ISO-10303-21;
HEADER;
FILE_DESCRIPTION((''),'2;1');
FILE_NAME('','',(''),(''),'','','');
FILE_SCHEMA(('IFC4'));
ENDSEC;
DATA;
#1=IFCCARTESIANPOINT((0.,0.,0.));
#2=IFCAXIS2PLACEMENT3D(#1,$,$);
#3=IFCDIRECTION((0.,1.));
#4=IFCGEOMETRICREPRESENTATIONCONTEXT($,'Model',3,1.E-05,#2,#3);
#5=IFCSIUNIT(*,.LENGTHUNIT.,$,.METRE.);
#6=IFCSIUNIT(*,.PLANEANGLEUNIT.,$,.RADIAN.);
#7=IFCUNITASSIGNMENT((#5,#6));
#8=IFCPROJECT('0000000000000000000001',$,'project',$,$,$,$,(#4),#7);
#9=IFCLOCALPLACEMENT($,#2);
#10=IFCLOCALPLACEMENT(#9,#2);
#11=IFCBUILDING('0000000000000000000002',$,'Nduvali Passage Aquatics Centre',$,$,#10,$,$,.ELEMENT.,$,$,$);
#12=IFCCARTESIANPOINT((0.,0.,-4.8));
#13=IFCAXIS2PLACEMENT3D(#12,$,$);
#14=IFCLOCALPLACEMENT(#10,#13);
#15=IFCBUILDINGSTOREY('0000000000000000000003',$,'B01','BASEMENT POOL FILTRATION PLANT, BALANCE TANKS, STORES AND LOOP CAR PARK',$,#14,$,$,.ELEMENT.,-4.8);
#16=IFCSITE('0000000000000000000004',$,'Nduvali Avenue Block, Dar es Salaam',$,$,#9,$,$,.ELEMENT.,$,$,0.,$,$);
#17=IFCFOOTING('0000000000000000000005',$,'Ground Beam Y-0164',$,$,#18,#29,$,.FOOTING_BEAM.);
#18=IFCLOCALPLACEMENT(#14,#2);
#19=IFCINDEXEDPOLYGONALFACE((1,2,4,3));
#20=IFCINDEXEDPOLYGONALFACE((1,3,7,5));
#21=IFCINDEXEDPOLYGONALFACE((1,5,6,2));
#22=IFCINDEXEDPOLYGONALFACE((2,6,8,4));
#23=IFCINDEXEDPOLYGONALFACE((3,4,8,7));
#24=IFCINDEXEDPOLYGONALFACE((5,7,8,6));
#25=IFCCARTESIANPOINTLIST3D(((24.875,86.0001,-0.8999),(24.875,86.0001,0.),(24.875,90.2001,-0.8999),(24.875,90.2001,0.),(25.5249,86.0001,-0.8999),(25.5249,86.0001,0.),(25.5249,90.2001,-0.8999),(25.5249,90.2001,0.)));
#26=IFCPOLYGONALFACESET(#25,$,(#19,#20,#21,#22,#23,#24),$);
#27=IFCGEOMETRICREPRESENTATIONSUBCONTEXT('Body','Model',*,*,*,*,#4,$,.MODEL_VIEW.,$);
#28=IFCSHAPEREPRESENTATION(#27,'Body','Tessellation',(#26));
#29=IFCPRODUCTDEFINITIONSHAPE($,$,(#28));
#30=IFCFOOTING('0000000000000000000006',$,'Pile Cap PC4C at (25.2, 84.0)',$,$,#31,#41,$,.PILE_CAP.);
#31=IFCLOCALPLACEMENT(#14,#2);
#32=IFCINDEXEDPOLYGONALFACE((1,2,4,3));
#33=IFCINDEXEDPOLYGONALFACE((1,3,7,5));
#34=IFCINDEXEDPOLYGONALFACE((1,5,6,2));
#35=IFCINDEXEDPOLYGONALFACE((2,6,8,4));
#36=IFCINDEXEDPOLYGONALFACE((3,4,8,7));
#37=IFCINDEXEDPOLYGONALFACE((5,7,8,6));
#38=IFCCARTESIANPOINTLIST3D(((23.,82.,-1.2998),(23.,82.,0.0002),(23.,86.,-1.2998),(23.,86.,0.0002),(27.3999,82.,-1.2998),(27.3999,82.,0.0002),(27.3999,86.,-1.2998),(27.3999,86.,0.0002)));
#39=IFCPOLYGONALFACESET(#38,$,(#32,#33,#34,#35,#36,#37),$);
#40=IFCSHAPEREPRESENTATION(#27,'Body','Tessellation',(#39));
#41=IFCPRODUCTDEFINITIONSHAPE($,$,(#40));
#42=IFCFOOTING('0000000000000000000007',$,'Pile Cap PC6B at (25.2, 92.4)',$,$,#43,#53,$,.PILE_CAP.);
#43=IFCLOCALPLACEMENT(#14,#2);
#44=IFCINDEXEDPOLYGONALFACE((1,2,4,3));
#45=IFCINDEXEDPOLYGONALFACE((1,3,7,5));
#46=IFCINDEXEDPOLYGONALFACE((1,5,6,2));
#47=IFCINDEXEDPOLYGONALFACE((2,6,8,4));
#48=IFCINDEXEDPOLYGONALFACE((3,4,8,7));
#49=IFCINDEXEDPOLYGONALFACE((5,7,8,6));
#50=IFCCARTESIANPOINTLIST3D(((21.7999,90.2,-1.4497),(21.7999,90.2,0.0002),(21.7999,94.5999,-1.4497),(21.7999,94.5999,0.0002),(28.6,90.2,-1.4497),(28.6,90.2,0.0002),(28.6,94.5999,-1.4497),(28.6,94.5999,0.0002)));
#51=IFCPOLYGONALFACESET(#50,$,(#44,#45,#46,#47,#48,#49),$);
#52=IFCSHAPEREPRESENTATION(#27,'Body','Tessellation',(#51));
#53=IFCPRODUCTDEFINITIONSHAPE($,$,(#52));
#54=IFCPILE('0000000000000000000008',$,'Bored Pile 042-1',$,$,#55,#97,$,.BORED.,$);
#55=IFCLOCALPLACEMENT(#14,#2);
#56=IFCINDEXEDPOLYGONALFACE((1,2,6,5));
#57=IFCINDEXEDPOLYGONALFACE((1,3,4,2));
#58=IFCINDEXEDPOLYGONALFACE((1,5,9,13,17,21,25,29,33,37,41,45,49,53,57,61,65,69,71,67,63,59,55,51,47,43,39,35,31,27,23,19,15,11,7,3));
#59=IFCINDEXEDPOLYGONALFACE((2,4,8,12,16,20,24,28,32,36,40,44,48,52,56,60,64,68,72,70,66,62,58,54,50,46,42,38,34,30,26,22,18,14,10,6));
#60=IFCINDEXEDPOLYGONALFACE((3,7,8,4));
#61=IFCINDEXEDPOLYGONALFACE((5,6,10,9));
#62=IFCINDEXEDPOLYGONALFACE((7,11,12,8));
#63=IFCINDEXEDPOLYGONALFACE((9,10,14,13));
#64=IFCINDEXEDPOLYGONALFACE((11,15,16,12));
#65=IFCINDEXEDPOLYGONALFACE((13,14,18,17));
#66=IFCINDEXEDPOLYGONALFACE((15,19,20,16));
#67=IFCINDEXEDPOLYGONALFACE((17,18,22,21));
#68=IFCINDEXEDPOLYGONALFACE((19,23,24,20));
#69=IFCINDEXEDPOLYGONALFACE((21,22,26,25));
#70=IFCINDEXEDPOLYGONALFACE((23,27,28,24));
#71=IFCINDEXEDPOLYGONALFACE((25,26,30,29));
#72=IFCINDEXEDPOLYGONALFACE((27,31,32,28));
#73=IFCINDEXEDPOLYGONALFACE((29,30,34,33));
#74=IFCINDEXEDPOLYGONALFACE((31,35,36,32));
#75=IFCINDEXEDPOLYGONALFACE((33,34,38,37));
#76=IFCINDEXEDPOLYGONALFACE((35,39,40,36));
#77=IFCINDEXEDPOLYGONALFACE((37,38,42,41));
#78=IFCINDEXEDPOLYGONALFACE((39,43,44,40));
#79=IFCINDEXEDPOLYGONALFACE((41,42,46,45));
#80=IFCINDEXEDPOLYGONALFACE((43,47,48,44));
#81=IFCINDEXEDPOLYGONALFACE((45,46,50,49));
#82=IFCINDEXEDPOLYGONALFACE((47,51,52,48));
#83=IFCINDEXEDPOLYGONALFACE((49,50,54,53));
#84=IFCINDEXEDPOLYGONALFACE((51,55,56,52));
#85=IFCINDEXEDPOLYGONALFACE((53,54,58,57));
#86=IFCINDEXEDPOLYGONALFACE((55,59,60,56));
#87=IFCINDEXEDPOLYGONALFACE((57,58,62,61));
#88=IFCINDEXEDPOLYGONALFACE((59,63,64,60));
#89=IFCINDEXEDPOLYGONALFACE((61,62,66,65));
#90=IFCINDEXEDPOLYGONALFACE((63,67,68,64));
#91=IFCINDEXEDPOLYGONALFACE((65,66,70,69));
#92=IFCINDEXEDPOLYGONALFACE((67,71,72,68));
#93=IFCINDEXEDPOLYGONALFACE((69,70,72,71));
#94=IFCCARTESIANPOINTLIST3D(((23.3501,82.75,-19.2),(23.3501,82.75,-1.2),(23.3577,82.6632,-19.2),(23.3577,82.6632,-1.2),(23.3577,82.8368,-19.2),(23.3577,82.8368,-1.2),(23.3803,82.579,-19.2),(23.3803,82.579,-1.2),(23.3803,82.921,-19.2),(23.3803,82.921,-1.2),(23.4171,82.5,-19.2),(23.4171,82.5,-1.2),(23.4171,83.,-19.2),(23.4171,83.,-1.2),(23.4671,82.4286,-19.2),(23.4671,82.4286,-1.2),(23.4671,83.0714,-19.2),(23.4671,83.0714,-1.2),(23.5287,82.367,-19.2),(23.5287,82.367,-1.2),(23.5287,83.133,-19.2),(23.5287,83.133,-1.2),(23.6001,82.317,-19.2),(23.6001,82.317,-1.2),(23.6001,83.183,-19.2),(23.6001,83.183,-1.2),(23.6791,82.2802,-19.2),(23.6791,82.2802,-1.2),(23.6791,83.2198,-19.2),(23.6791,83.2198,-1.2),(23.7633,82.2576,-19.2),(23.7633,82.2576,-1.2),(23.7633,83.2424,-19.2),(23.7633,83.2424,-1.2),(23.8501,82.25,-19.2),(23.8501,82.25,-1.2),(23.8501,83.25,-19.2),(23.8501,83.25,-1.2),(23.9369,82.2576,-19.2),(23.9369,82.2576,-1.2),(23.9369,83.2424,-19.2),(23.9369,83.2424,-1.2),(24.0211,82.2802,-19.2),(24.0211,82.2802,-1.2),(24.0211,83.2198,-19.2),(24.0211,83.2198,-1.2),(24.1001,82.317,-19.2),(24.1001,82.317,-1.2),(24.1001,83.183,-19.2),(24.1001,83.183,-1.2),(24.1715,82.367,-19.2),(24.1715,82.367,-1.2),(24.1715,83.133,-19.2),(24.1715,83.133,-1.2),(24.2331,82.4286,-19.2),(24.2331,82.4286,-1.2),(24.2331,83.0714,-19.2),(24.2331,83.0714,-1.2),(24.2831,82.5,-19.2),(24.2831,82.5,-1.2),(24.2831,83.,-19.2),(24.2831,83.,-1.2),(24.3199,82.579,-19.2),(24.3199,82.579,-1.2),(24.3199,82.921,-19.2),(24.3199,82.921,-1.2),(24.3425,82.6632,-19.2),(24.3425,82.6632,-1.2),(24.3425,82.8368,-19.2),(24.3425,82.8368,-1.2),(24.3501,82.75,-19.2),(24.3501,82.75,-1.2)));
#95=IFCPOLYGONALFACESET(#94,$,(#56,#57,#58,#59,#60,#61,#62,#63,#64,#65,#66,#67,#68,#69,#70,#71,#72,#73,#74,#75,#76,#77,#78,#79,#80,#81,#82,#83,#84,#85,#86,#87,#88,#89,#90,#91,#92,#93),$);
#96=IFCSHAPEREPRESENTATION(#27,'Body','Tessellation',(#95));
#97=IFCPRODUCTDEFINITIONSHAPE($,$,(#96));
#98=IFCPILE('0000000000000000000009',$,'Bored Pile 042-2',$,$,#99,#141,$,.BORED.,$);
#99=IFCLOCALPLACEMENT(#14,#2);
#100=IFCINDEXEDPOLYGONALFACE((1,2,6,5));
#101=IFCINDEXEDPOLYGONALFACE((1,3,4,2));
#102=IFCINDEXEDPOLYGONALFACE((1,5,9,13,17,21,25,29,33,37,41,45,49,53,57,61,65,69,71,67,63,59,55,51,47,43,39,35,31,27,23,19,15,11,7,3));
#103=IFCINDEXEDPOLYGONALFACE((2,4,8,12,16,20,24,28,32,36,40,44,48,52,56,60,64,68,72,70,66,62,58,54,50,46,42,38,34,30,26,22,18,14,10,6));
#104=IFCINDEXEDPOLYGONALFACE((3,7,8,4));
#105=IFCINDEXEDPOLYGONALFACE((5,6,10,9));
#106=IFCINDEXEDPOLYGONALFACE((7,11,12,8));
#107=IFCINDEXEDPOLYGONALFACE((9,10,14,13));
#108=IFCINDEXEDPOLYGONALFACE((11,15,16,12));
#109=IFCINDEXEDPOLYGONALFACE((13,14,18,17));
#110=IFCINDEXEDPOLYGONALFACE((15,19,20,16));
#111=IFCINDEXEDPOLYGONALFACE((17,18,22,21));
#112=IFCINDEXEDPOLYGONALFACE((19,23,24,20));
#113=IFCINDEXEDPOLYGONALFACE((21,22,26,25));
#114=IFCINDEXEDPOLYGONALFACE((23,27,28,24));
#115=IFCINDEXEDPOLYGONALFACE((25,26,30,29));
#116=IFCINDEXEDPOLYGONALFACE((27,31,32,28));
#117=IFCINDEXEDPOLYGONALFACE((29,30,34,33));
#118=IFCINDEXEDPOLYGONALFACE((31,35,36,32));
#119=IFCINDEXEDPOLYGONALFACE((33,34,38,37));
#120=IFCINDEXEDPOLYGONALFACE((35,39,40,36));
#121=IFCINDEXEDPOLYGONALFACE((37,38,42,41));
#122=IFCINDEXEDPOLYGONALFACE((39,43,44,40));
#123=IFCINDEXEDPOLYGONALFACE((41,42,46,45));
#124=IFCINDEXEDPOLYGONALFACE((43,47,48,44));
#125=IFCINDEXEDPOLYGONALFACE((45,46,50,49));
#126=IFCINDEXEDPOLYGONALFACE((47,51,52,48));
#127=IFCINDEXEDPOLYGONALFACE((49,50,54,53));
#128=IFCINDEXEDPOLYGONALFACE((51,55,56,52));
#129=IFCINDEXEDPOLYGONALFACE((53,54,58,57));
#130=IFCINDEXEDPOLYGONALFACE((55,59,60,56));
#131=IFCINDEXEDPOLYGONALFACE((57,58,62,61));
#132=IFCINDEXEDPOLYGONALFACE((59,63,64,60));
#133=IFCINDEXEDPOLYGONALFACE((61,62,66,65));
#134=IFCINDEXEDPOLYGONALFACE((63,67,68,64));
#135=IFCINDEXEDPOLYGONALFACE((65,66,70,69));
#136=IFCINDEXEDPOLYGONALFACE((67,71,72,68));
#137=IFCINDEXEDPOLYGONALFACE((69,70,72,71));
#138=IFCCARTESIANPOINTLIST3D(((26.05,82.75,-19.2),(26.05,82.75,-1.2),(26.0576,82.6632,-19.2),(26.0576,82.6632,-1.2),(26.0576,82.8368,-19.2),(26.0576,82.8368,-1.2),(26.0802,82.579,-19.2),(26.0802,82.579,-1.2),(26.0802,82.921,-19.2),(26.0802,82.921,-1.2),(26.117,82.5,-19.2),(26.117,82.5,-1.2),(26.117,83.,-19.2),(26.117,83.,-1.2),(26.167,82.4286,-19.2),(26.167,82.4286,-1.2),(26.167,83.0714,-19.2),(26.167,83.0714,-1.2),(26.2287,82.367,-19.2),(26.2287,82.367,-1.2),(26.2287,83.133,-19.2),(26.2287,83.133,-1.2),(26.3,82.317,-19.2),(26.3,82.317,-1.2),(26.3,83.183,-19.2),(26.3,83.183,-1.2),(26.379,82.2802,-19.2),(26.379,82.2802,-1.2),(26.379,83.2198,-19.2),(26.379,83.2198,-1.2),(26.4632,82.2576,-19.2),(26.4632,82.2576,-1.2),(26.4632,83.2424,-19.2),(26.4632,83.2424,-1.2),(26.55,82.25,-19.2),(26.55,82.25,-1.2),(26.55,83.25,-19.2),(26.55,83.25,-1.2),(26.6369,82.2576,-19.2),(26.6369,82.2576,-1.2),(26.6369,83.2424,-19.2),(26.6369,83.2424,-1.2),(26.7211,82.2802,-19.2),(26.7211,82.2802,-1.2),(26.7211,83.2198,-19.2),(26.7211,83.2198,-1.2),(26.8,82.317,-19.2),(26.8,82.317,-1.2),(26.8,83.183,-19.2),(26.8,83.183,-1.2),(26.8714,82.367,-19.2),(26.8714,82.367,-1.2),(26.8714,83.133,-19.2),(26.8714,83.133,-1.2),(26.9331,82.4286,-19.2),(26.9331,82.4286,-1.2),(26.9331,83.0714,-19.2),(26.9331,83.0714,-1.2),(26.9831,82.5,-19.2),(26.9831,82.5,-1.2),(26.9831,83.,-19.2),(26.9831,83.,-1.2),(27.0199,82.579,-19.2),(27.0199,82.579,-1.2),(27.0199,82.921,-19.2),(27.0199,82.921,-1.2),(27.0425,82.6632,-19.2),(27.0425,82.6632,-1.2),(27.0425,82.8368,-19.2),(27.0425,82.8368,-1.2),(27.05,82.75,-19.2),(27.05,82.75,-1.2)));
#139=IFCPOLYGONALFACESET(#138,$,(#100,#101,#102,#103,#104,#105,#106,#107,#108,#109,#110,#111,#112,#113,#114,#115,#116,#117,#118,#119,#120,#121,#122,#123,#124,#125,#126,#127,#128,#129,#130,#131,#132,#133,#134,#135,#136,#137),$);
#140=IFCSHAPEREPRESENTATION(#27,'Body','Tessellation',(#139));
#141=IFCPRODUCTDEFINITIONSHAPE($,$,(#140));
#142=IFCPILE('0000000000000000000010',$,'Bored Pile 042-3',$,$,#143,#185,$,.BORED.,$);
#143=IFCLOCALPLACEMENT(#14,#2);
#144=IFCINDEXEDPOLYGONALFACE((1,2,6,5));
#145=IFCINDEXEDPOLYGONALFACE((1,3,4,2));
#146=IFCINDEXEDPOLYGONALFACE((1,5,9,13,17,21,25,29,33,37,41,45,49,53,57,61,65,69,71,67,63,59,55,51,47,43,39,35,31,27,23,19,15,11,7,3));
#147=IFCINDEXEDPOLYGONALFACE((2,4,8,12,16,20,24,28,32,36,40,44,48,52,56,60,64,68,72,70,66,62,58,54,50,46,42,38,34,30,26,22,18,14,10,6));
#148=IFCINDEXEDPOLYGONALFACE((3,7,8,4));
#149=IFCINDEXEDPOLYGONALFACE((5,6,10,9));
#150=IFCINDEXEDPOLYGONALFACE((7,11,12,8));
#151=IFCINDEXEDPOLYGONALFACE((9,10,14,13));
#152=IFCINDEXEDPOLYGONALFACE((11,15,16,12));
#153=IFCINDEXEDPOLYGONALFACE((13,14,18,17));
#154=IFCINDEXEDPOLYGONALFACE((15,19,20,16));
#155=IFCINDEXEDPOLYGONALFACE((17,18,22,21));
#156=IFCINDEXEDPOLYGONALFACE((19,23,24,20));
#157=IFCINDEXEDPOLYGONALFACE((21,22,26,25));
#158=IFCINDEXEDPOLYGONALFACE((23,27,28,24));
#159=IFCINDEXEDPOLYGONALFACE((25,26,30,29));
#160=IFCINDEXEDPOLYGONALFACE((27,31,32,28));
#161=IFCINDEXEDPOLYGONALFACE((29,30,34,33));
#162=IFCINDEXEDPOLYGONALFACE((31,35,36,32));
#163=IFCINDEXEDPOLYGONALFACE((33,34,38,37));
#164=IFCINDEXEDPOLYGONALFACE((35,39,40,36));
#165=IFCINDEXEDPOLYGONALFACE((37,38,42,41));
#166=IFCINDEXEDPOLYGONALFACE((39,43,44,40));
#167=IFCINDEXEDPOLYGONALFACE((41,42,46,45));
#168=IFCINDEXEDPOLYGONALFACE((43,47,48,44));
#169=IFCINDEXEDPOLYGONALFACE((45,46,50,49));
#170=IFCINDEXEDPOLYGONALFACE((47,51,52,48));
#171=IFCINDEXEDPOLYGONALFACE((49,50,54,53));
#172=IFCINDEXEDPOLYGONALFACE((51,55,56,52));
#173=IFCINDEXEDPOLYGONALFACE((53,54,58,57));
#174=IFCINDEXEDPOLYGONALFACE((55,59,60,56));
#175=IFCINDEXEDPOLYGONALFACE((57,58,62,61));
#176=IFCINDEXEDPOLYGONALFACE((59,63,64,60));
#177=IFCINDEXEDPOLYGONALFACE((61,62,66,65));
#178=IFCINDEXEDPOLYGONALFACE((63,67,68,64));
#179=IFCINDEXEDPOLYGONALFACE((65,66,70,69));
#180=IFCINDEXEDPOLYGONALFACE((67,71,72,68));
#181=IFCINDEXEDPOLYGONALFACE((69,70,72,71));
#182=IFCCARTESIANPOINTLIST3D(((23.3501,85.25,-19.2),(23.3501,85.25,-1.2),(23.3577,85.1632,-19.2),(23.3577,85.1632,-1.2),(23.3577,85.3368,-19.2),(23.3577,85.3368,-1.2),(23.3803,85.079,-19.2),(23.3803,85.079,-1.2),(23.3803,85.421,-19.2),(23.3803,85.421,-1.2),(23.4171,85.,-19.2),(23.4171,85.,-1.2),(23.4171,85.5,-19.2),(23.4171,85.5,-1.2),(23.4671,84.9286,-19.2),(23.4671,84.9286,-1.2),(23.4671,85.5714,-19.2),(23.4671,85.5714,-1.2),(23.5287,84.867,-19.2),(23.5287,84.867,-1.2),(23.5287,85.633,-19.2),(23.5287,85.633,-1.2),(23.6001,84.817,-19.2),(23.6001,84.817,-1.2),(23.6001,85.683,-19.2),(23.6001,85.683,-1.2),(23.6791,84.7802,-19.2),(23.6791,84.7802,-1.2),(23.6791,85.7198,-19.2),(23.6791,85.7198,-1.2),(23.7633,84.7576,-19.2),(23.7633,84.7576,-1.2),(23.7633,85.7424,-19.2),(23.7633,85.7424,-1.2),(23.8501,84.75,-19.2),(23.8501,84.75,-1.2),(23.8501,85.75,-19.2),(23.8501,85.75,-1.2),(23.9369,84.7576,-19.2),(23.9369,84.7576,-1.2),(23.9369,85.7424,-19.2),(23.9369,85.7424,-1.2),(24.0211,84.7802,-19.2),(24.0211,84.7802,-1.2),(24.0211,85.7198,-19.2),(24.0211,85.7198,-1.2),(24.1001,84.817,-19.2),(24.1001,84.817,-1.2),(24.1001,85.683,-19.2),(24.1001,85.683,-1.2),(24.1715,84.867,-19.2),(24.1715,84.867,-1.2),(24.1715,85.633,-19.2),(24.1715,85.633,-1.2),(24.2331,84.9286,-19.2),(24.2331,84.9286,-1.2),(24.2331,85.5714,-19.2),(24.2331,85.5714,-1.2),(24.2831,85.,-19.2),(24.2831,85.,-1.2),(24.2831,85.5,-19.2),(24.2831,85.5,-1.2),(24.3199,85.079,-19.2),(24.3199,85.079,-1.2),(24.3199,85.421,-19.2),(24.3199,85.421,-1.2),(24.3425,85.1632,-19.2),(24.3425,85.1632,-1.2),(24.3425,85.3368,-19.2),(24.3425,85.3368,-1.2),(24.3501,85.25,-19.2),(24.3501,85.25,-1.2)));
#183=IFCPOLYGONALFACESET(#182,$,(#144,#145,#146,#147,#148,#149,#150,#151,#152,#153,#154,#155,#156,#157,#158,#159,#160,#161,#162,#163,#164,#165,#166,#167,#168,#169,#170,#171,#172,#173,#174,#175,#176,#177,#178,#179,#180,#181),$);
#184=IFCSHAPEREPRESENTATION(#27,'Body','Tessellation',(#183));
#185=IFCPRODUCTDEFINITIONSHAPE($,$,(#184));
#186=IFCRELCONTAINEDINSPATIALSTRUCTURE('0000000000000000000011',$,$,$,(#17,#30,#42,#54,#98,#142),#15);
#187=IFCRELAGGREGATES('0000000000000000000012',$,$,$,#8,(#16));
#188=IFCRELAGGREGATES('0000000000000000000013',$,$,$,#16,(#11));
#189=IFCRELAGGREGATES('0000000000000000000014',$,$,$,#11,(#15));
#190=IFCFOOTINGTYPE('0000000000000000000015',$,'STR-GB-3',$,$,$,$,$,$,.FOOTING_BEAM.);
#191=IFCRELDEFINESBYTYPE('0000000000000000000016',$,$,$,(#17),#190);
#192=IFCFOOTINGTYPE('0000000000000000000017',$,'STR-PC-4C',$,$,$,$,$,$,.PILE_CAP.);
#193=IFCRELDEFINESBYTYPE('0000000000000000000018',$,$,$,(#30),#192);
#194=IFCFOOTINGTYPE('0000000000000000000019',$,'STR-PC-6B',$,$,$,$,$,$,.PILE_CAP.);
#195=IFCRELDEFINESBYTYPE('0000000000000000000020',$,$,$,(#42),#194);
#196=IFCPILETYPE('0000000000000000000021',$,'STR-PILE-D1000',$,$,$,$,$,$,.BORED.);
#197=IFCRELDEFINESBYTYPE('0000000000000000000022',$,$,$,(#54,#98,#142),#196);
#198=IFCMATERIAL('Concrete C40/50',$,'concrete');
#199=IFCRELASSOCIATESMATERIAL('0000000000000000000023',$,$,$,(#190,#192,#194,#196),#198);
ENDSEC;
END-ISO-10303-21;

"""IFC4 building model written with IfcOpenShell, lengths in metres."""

from ifc_helpers import new_model, si_unit, direction, frame, origin, origin_2d, place, context, subcontext, project, spatial, rectangle, circle, extrude, material, material_profile, profile_set, type_object, element, save


model = new_model("IFC4")

# Units and contexts
model_context = context("Model", 3, precision=1e-05, world=origin(), true_north=direction((0.0, 1.0)))
body_context = subcontext(model_context, "Body", "Model", "MODEL_VIEW")
ifc_project = project(units=[si_unit("LENGTHUNIT", "METRE"), si_unit("PLANEANGLEUNIT", "RADIAN")], contexts=[model_context])

# Site, building, storey
site_placement = place(None, origin())
site = spatial("IfcSite", under=ifc_project, at=site_placement, Name="Nduvali Avenue Block, Dar es Salaam", CompositionType="ELEMENT", RefElevation=0.0)
building_placement = place(site_placement, origin())
building = spatial("IfcBuilding", under=site, at=building_placement, Name="Nduvali Passage Aquatics Centre", CompositionType="ELEMENT")
storey_placement = place(building_placement, frame((0.0, 0.0, -4.8)))
storey = spatial("IfcBuildingStorey", under=building, at=storey_placement, Name="B01", Description="BASEMENT POOL FILTRATION PLANT, BALANCE TANKS, STORES AND LOOP CAR PARK", CompositionType="ELEMENT", Elevation=-4.8)

# Footings
ifc_material_1 = material(Name="Concrete C40/50", Category="concrete")
footing_type_1 = type_object("IfcFootingType", Name="STR-GB-3", PredefinedType="FOOTING_BEAM", material=ifc_material_1)
footing_1_placement = place(storey_placement, frame((25.2, 88.1001, -0.8999), z_axis=(0.0, 0.0, 1.0), x_axis=(0.0, 1.0, 0.0)))
element("IfcFooting", 1, at=footing_1_placement, inside=storey, type_object=footing_type_1, Name="Ground Beam Y-0164", PredefinedType="FOOTING_BEAM", context=body_context, shape_type="SweptSolid", body=[
    extrude(rectangle(XDim=4.2, YDim=0.6499, at=origin_2d()), origin(), (0.0, 0.0, 1.0), 0.8999),
])
footing_type_2 = type_object("IfcFootingType", Name="STR-PC-4C", PredefinedType="PILE_CAP", material=ifc_material_1)
footing_2_placement = place(storey_placement, frame((25.2, 84.0, -1.2998), z_axis=(0.0, 0.0, 1.0), x_axis=(1.0, 0.0, 0.0)))
element("IfcFooting", 2, at=footing_2_placement, inside=storey, type_object=footing_type_2, Name="Pile Cap PC4C at (25.2, 84.0)", PredefinedType="PILE_CAP", context=body_context, shape_type="SweptSolid", body=[
    extrude(rectangle(XDim=4.3999, YDim=4.0, at=origin_2d()), origin(), (0.0, 0.0, 1.0), 1.3),
])
footing_type_3 = type_object("IfcFootingType", Name="STR-PC-6B", PredefinedType="PILE_CAP", material=ifc_material_1)
footing_3_placement = place(storey_placement, frame((25.2, 92.3999, -1.4497), z_axis=(0.0, 0.0, 1.0), x_axis=(1.0, 0.0, 0.0)))
element("IfcFooting", 3, at=footing_3_placement, inside=storey, type_object=footing_type_3, Name="Pile Cap PC6B at (25.2, 92.4)", PredefinedType="PILE_CAP", context=body_context, shape_type="SweptSolid", body=[
    extrude(rectangle(XDim=6.8, YDim=4.3999, at=origin_2d()), origin(), (0.0, 0.0, 1.0), 1.45),
])

# Piles
ifc_material_profile_1 = material_profile(ifc_material_1, circle(Radius=0.5, at=origin_2d()), Name="PILE D1000")
ifc_profile_set_1 = profile_set([ifc_material_profile_1], Name="Concrete C40/50")
pile_type_1 = type_object("IfcPileType", Name="STR-PILE-D1000", PredefinedType="BORED", material=ifc_profile_set_1)
for number, where, z_axis, x_axis, name in (
    (4, (23.8501, 82.75, -1.2), (0.0, 0.0, -1.0), (1.0, 0.0, 0.0), "Bored Pile 042-1"),
    (5, (26.55, 82.75, -1.2), (0.0, 0.0, -1.0), (1.0, 0.0, 0.0), "Bored Pile 042-2"),
    (6, (23.8501, 85.25, -1.2), (0.0, 0.0, -1.0), (1.0, 0.0, 0.0), "Bored Pile 042-3"),
):
    element("IfcPile", number, at=place(storey_placement, frame(where, z_axis=z_axis, x_axis=x_axis)), inside=storey, type_object=pile_type_1, Name=name, PredefinedType="BORED", context=body_context, shape_type="SweptSolid", body=[
        extrude(circle(Radius=0.5, at=origin_2d()), origin(), (0.0, 0.0, 1.0), 18.0),
    ])

save(model, "model.ifc")
